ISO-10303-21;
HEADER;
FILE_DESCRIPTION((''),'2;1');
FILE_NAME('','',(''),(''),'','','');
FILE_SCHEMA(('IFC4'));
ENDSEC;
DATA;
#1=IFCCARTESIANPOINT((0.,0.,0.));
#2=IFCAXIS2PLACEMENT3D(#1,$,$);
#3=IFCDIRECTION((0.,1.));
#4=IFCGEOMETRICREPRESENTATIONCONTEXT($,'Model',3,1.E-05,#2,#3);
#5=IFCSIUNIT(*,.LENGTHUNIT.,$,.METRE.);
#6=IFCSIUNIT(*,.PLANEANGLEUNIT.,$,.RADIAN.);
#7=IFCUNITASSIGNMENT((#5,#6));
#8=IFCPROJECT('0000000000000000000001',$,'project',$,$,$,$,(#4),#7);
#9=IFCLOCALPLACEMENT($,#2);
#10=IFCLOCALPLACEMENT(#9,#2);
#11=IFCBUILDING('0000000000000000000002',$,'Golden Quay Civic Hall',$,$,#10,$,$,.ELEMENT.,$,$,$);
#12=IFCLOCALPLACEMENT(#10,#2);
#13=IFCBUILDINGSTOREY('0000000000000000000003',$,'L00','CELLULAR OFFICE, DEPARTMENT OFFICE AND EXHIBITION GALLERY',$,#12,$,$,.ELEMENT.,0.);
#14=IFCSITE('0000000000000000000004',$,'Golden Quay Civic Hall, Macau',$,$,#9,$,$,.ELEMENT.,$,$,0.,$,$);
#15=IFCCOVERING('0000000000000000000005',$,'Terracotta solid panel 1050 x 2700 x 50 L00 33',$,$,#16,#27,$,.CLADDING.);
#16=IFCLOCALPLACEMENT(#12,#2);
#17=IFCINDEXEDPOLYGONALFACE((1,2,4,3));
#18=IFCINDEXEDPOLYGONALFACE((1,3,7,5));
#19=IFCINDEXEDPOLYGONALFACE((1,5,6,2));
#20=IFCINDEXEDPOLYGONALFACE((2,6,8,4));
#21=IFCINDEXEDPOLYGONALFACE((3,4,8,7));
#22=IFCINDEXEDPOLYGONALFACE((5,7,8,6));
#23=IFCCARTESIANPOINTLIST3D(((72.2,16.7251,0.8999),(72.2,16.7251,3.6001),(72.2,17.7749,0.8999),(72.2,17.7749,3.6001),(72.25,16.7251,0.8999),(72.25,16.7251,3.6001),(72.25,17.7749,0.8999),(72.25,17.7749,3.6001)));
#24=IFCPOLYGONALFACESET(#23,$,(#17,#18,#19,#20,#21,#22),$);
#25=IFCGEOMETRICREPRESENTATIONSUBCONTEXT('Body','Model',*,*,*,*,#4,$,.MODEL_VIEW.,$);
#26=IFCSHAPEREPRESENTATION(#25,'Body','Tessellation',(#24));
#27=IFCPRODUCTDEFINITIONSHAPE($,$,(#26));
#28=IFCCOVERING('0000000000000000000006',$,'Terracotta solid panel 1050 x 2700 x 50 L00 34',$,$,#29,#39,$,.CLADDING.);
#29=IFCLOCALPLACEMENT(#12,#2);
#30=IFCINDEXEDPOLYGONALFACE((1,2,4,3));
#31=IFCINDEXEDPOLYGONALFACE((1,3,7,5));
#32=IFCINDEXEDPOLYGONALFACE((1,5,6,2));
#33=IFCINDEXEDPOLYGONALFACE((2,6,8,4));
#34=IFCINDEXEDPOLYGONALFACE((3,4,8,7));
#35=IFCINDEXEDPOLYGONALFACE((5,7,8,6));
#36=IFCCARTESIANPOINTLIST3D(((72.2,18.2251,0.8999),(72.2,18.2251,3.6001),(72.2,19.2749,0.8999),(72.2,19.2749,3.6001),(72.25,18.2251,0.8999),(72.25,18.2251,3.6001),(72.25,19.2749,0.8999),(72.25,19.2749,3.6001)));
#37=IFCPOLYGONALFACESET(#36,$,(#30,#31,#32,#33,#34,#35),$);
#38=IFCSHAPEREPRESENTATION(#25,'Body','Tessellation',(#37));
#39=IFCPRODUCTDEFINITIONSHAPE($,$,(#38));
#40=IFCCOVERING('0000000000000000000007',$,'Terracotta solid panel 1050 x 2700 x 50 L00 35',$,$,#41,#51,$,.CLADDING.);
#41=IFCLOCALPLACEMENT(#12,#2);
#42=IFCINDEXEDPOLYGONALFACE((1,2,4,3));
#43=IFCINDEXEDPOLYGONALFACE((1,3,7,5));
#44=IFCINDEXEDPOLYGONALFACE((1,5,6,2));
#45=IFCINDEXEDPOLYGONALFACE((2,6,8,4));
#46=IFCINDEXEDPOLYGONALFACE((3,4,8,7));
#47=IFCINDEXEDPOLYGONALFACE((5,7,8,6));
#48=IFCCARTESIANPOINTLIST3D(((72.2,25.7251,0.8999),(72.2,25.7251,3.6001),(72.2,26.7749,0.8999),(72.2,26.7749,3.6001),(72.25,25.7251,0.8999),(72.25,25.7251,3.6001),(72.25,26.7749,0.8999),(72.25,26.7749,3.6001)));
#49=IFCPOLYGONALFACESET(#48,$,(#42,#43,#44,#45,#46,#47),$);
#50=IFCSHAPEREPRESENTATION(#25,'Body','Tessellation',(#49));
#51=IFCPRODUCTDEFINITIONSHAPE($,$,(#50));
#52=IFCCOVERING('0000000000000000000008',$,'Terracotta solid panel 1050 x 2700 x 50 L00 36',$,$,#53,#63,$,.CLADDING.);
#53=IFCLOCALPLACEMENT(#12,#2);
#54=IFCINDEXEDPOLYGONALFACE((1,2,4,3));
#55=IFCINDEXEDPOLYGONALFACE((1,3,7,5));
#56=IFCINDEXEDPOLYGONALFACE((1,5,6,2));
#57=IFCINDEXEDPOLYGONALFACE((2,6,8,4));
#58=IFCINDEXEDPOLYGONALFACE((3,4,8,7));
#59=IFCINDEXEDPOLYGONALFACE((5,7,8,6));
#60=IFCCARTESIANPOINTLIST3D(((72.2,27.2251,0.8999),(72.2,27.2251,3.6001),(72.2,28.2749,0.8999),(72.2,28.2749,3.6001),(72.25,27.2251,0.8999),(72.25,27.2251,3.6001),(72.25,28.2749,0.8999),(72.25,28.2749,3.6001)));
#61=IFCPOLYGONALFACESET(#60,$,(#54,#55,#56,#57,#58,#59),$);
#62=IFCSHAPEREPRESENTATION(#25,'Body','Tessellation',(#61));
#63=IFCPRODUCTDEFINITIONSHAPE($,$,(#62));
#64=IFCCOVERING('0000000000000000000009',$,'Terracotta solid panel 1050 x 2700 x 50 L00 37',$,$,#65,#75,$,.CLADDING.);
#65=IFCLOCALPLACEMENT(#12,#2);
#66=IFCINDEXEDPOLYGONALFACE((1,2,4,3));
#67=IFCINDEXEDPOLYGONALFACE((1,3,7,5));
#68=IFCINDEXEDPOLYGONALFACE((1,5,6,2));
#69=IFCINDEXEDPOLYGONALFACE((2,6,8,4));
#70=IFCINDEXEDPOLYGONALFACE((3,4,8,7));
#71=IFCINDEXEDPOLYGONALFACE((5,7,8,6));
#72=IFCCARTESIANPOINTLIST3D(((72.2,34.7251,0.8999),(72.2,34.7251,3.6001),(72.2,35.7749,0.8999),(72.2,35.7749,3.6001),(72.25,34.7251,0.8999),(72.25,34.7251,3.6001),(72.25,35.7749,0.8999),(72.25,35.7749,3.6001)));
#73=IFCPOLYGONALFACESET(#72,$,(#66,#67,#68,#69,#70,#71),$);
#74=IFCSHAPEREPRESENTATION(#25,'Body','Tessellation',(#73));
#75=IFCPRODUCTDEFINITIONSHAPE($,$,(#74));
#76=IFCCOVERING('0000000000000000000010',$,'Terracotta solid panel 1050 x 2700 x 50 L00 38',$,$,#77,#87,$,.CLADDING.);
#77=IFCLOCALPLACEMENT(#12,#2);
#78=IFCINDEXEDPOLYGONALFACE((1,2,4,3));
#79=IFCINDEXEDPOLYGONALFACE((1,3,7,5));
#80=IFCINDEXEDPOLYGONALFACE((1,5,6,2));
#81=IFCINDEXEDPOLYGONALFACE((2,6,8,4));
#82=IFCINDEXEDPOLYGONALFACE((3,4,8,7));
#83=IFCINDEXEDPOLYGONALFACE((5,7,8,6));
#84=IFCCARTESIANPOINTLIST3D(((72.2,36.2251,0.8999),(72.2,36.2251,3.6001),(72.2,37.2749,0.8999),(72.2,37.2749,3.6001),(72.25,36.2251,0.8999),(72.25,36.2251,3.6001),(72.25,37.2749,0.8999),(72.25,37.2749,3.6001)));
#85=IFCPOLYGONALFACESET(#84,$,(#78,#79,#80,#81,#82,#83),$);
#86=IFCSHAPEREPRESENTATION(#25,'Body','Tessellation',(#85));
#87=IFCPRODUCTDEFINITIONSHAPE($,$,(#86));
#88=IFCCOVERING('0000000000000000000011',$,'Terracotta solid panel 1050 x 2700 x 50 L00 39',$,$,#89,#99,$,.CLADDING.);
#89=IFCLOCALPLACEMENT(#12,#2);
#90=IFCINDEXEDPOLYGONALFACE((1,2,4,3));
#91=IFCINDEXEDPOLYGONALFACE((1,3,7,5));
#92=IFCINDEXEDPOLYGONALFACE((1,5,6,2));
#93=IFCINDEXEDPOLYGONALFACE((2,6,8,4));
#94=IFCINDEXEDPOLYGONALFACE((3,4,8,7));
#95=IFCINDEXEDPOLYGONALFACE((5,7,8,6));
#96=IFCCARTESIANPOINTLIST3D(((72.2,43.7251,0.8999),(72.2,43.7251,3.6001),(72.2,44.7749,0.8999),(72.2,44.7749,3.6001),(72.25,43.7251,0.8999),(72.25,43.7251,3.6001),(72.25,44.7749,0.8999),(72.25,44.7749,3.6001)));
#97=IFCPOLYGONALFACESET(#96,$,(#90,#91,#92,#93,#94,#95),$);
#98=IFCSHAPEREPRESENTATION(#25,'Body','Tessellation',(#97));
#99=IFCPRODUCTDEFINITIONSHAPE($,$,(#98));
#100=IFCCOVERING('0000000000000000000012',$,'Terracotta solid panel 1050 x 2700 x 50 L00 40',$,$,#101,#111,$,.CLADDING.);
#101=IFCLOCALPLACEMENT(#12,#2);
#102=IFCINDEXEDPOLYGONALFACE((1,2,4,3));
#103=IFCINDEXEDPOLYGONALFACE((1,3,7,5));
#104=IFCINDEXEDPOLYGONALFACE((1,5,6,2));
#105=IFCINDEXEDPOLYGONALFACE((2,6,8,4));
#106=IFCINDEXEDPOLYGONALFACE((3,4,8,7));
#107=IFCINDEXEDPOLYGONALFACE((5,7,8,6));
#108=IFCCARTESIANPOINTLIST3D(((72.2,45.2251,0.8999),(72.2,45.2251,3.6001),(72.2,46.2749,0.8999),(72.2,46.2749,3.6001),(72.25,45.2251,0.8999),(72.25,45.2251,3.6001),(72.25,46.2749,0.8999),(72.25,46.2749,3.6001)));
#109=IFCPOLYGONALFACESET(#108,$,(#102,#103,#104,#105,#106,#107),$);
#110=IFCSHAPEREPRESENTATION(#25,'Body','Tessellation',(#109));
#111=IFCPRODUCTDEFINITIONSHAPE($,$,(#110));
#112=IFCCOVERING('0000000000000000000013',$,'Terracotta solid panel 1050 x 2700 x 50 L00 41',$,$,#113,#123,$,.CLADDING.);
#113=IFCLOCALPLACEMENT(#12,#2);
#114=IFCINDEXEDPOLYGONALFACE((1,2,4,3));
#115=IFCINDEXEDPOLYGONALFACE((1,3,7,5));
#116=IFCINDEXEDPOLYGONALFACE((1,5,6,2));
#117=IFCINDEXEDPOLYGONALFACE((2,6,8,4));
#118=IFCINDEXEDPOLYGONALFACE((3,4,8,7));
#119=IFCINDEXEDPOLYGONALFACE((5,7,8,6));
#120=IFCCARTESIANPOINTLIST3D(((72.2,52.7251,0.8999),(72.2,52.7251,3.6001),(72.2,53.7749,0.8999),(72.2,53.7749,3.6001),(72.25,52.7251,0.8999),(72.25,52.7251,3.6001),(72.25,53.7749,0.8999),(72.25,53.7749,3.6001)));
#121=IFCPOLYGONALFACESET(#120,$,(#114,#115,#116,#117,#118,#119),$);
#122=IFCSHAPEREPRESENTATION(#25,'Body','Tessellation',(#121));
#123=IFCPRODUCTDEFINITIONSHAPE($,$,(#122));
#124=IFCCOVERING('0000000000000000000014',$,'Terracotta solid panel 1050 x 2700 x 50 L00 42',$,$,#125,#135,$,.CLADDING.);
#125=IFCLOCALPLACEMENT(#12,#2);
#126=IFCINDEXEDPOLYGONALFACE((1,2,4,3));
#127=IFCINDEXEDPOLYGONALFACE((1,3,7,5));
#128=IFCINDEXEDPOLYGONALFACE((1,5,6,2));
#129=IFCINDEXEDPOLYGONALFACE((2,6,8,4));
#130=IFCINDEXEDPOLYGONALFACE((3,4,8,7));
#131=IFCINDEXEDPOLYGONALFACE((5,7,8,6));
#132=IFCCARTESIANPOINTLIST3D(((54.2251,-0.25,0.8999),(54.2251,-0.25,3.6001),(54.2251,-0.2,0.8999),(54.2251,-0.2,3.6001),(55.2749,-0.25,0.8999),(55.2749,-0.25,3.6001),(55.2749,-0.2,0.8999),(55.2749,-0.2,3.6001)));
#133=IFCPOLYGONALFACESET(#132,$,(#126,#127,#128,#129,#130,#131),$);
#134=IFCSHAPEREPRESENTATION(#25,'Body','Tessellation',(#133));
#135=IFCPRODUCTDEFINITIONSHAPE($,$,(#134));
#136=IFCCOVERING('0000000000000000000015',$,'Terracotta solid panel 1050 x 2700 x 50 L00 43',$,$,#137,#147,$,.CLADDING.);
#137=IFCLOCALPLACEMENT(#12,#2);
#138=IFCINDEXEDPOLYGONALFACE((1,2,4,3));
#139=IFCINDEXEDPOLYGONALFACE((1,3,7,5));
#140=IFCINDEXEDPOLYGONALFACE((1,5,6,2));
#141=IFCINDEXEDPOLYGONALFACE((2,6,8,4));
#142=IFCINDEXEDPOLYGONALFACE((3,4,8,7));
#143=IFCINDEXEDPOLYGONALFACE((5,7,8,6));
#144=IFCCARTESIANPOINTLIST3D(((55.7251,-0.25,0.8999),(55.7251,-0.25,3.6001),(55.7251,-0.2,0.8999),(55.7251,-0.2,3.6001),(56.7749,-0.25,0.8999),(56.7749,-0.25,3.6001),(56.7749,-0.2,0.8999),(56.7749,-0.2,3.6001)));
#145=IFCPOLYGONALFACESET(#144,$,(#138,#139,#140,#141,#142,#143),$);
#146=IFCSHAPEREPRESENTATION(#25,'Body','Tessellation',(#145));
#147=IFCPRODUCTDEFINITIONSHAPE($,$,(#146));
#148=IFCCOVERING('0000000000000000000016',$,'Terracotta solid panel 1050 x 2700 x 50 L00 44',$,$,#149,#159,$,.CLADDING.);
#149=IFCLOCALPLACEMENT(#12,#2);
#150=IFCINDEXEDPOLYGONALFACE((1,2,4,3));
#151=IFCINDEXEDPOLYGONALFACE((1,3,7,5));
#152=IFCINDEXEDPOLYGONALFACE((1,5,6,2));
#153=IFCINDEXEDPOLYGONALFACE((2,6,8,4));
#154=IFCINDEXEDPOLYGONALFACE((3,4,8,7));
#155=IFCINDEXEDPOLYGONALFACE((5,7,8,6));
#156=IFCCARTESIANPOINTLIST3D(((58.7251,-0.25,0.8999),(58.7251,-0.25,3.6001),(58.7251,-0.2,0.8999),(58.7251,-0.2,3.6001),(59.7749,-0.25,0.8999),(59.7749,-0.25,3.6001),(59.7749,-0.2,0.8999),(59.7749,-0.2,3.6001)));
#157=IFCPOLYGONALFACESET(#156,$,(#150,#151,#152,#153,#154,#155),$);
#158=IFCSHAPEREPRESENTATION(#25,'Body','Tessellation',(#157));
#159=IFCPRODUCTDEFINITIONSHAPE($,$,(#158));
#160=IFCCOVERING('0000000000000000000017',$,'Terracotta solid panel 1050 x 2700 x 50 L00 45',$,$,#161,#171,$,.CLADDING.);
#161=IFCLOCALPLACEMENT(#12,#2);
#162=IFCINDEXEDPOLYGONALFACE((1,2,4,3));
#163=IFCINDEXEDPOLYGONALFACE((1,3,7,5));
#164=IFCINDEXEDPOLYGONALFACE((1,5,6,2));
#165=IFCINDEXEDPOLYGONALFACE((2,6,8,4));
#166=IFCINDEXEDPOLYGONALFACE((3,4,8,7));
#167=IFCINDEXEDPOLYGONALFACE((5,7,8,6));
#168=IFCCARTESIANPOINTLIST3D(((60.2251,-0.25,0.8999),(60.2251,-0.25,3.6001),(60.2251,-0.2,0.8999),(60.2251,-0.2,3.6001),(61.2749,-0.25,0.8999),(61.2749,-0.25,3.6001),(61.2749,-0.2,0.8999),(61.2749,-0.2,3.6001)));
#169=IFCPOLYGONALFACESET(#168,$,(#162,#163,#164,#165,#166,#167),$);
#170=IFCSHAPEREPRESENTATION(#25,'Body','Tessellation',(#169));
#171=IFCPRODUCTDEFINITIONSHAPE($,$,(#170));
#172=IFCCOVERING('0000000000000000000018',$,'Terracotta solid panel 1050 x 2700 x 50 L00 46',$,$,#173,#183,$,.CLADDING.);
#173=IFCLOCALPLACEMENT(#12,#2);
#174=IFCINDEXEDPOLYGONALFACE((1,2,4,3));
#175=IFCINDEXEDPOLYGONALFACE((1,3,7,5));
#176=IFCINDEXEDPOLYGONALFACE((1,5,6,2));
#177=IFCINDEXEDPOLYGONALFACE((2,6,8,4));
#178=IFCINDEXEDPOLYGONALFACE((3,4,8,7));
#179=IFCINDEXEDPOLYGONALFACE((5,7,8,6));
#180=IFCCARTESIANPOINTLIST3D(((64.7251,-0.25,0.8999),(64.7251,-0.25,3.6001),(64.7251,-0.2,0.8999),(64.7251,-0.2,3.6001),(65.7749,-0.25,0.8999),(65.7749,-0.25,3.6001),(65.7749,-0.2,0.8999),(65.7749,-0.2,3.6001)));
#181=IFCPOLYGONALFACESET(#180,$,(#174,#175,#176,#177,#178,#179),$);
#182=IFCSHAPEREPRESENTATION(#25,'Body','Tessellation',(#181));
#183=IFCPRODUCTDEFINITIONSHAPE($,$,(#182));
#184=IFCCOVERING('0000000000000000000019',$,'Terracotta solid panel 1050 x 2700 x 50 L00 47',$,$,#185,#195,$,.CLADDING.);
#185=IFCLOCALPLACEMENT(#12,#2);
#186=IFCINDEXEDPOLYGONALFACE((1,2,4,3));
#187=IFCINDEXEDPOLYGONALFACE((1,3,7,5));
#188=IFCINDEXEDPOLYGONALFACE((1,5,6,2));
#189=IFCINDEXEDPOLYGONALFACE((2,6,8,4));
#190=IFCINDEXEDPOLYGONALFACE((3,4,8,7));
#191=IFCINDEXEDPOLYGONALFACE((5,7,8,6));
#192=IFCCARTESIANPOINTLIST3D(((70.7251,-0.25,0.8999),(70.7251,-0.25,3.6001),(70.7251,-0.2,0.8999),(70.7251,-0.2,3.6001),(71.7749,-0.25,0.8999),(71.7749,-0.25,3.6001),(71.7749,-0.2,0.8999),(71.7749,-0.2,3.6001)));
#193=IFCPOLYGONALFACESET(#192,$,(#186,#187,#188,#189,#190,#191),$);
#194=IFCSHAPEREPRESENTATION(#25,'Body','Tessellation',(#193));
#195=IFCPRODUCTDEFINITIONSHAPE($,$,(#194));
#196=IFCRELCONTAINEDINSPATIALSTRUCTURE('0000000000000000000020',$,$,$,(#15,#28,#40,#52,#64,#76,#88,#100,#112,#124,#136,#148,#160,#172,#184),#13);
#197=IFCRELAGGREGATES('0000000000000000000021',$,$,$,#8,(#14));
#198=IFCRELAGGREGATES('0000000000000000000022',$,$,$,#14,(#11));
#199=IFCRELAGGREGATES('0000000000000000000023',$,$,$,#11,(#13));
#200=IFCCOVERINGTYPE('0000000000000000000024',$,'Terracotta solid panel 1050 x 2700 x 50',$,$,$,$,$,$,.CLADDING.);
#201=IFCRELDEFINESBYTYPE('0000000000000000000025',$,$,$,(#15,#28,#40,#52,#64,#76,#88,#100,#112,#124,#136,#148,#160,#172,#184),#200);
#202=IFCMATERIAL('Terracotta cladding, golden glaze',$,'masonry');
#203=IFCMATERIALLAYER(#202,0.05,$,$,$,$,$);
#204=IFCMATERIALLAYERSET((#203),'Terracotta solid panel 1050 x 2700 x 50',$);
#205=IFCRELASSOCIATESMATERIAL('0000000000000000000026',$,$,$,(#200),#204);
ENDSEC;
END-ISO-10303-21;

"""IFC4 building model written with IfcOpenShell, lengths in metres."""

from ifc_helpers import new_model, si_unit, direction, frame, origin, place, context, subcontext, project, spatial, polyline, outline, extrude, material, layer, layer_set, type_object, element, save


model = new_model("IFC4")

# Units and contexts
model_context = context("Model", 3, precision=1e-05, world=origin(), true_north=direction((0.0, 1.0)))
body_context = subcontext(model_context, "Body", "Model", "MODEL_VIEW")
ifc_project = project(units=[si_unit("LENGTHUNIT", "METRE"), si_unit("PLANEANGLEUNIT", "RADIAN")], contexts=[model_context])

# Site, building, storey
site_placement = place(None, origin())
site = spatial("IfcSite", under=ifc_project, at=site_placement, Name="Golden Quay Civic Hall, Macau", CompositionType="ELEMENT", RefElevation=0.0)
building_placement = place(site_placement, origin())
building = spatial("IfcBuilding", under=site, at=building_placement, Name="Golden Quay Civic Hall", CompositionType="ELEMENT")
storey_placement = place(building_placement, origin())
storey = spatial("IfcBuildingStorey", under=building, at=storey_placement, Name="L00", Description="CELLULAR OFFICE, DEPARTMENT OFFICE AND EXHIBITION GALLERY", CompositionType="ELEMENT", Elevation=0.0)

# Coverings
ifc_material = material(Name="Terracotta cladding, golden glaze", Category="masonry")
ifc_layer = layer(ifc_material, 0.05)
ifc_layer_set = layer_set([ifc_layer], Name="Terracotta solid panel 1050 x 2700 x 50")
covering_type = type_object("IfcCoveringType", Name="Terracotta solid panel 1050 x 2700 x 50", PredefinedType="CLADDING", material=ifc_layer_set)
covering_1_placement = place(storey_placement, frame((0.0, 0.0, 0.8999)))
element("IfcCovering", 1, at=covering_1_placement, inside=storey, type_object=covering_type, Name="Terracotta solid panel 1050 x 2700 x 50 L00 33", PredefinedType="CLADDING", context=body_context, shape_type="SweptSolid", body=[
    extrude(outline(polyline([(72.2, 16.7251), (72.2, 17.7749), (72.25, 17.7749), (72.25, 16.7251), (72.2, 16.7251)])), origin(), (0.0, 0.0, 1.0), 2.7002),
])
covering_2_placement = place(storey_placement, frame((0.0, 0.0, 0.8999)))
element("IfcCovering", 2, at=covering_2_placement, inside=storey, type_object=covering_type, Name="Terracotta solid panel 1050 x 2700 x 50 L00 34", PredefinedType="CLADDING", context=body_context, shape_type="SweptSolid", body=[
    extrude(outline(polyline([(72.2, 18.2251), (72.2, 19.2749), (72.25, 19.2749), (72.25, 18.2251), (72.2, 18.2251)])), origin(), (0.0, 0.0, 1.0), 2.7002),
])
covering_3_placement = place(storey_placement, frame((0.0, 0.0, 0.8999)))
element("IfcCovering", 3, at=covering_3_placement, inside=storey, type_object=covering_type, Name="Terracotta solid panel 1050 x 2700 x 50 L00 35", PredefinedType="CLADDING", context=body_context, shape_type="SweptSolid", body=[
    extrude(outline(polyline([(72.2, 25.7251), (72.2, 26.7749), (72.25, 26.7749), (72.25, 25.7251), (72.2, 25.7251)])), origin(), (0.0, 0.0, 1.0), 2.7002),
])
covering_4_placement = place(storey_placement, frame((0.0, 0.0, 0.8999)))
element("IfcCovering", 4, at=covering_4_placement, inside=storey, type_object=covering_type, Name="Terracotta solid panel 1050 x 2700 x 50 L00 36", PredefinedType="CLADDING", context=body_context, shape_type="SweptSolid", body=[
    extrude(outline(polyline([(72.2, 27.2251), (72.2, 28.2749), (72.25, 28.2749), (72.25, 27.2251), (72.2, 27.2251)])), origin(), (0.0, 0.0, 1.0), 2.7002),
])
covering_5_placement = place(storey_placement, frame((0.0, 0.0, 0.8999)))
element("IfcCovering", 5, at=covering_5_placement, inside=storey, type_object=covering_type, Name="Terracotta solid panel 1050 x 2700 x 50 L00 37", PredefinedType="CLADDING", context=body_context, shape_type="SweptSolid", body=[
    extrude(outline(polyline([(72.2, 34.7251), (72.2, 35.7749), (72.25, 35.7749), (72.25, 34.7251), (72.2, 34.7251)])), origin(), (0.0, 0.0, 1.0), 2.7002),
])
covering_6_placement = place(storey_placement, frame((0.0, 0.0, 0.8999)))
element("IfcCovering", 6, at=covering_6_placement, inside=storey, type_object=covering_type, Name="Terracotta solid panel 1050 x 2700 x 50 L00 38", PredefinedType="CLADDING", context=body_context, shape_type="SweptSolid", body=[
    extrude(outline(polyline([(72.2, 36.2251), (72.2, 37.2749), (72.25, 37.2749), (72.25, 36.2251), (72.2, 36.2251)])), origin(), (0.0, 0.0, 1.0), 2.7002),
])
covering_7_placement = place(storey_placement, frame((0.0, 0.0, 0.8999)))
element("IfcCovering", 7, at=covering_7_placement, inside=storey, type_object=covering_type, Name="Terracotta solid panel 1050 x 2700 x 50 L00 39", PredefinedType="CLADDING", context=body_context, shape_type="SweptSolid", body=[
    extrude(outline(polyline([(72.2, 43.7251), (72.2, 44.7749), (72.25, 44.7749), (72.25, 43.7251), (72.2, 43.7251)])), origin(), (0.0, 0.0, 1.0), 2.7002),
])
covering_8_placement = place(storey_placement, frame((0.0, 0.0, 0.8999)))
element("IfcCovering", 8, at=covering_8_placement, inside=storey, type_object=covering_type, Name="Terracotta solid panel 1050 x 2700 x 50 L00 40", PredefinedType="CLADDING", context=body_context, shape_type="SweptSolid", body=[
    extrude(outline(polyline([(72.2, 45.2251), (72.2, 46.2749), (72.25, 46.2749), (72.25, 45.2251), (72.2, 45.2251)])), origin(), (0.0, 0.0, 1.0), 2.7002),
])
covering_9_placement = place(storey_placement, frame((0.0, 0.0, 0.8999)))
element("IfcCovering", 9, at=covering_9_placement, inside=storey, type_object=covering_type, Name="Terracotta solid panel 1050 x 2700 x 50 L00 41", PredefinedType="CLADDING", context=body_context, shape_type="SweptSolid", body=[
    extrude(outline(polyline([(72.2, 52.7251), (72.2, 53.7749), (72.25, 53.7749), (72.25, 52.7251), (72.2, 52.7251)])), origin(), (0.0, 0.0, 1.0), 2.7002),
])
covering_10_placement = place(storey_placement, frame((0.0, 0.0, 0.8999)))
element("IfcCovering", 10, at=covering_10_placement, inside=storey, type_object=covering_type, Name="Terracotta solid panel 1050 x 2700 x 50 L00 42", PredefinedType="CLADDING", context=body_context, shape_type="SweptSolid", body=[
    extrude(outline(polyline([(54.2251, -0.2), (55.2749, -0.2), (55.2749, -0.25), (54.2251, -0.25), (54.2251, -0.2)])), origin(), (0.0, 0.0, 1.0), 2.7002),
])
covering_11_placement = place(storey_placement, frame((0.0, 0.0, 0.8999)))
element("IfcCovering", 11, at=covering_11_placement, inside=storey, type_object=covering_type, Name="Terracotta solid panel 1050 x 2700 x 50 L00 43", PredefinedType="CLADDING", context=body_context, shape_type="SweptSolid", body=[
    extrude(outline(polyline([(55.7251, -0.2), (56.7749, -0.2), (56.7749, -0.25), (55.7251, -0.25), (55.7251, -0.2)])), origin(), (0.0, 0.0, 1.0), 2.7002),
])
covering_12_placement = place(storey_placement, frame((0.0, 0.0, 0.8999)))
element("IfcCovering", 12, at=covering_12_placement, inside=storey, type_object=covering_type, Name="Terracotta solid panel 1050 x 2700 x 50 L00 44", PredefinedType="CLADDING", context=body_context, shape_type="SweptSolid", body=[
    extrude(outline(polyline([(58.7251, -0.2), (59.7749, -0.2), (59.7749, -0.25), (58.7251, -0.25), (58.7251, -0.2)])), origin(), (0.0, 0.0, 1.0), 2.7002),
])
covering_13_placement = place(storey_placement, frame((0.0, 0.0, 0.8999)))
element("IfcCovering", 13, at=covering_13_placement, inside=storey, type_object=covering_type, Name="Terracotta solid panel 1050 x 2700 x 50 L00 45", PredefinedType="CLADDING", context=body_context, shape_type="SweptSolid", body=[
    extrude(outline(polyline([(60.2251, -0.2), (61.2749, -0.2), (61.2749, -0.25), (60.2251, -0.25), (60.2251, -0.2)])), origin(), (0.0, 0.0, 1.0), 2.7002),
])
covering_14_placement = place(storey_placement, frame((0.0, 0.0, 0.8999)))
element("IfcCovering", 14, at=covering_14_placement, inside=storey, type_object=covering_type, Name="Terracotta solid panel 1050 x 2700 x 50 L00 46", PredefinedType="CLADDING", context=body_context, shape_type="SweptSolid", body=[
    extrude(outline(polyline([(64.7251, -0.2), (65.7749, -0.2), (65.7749, -0.25), (64.7251, -0.25), (64.7251, -0.2)])), origin(), (0.0, 0.0, 1.0), 2.7002),
])
covering_15_placement = place(storey_placement, frame((0.0, 0.0, 0.8999)))
element("IfcCovering", 15, at=covering_15_placement, inside=storey, type_object=covering_type, Name="Terracotta solid panel 1050 x 2700 x 50 L00 47", PredefinedType="CLADDING", context=body_context, shape_type="SweptSolid", body=[
    extrude(outline(polyline([(70.7251, -0.2), (71.7749, -0.2), (71.7749, -0.25), (70.7251, -0.25), (70.7251, -0.2)])), origin(), (0.0, 0.0, 1.0), 2.7002),
])

save(model, "model.ifc")
